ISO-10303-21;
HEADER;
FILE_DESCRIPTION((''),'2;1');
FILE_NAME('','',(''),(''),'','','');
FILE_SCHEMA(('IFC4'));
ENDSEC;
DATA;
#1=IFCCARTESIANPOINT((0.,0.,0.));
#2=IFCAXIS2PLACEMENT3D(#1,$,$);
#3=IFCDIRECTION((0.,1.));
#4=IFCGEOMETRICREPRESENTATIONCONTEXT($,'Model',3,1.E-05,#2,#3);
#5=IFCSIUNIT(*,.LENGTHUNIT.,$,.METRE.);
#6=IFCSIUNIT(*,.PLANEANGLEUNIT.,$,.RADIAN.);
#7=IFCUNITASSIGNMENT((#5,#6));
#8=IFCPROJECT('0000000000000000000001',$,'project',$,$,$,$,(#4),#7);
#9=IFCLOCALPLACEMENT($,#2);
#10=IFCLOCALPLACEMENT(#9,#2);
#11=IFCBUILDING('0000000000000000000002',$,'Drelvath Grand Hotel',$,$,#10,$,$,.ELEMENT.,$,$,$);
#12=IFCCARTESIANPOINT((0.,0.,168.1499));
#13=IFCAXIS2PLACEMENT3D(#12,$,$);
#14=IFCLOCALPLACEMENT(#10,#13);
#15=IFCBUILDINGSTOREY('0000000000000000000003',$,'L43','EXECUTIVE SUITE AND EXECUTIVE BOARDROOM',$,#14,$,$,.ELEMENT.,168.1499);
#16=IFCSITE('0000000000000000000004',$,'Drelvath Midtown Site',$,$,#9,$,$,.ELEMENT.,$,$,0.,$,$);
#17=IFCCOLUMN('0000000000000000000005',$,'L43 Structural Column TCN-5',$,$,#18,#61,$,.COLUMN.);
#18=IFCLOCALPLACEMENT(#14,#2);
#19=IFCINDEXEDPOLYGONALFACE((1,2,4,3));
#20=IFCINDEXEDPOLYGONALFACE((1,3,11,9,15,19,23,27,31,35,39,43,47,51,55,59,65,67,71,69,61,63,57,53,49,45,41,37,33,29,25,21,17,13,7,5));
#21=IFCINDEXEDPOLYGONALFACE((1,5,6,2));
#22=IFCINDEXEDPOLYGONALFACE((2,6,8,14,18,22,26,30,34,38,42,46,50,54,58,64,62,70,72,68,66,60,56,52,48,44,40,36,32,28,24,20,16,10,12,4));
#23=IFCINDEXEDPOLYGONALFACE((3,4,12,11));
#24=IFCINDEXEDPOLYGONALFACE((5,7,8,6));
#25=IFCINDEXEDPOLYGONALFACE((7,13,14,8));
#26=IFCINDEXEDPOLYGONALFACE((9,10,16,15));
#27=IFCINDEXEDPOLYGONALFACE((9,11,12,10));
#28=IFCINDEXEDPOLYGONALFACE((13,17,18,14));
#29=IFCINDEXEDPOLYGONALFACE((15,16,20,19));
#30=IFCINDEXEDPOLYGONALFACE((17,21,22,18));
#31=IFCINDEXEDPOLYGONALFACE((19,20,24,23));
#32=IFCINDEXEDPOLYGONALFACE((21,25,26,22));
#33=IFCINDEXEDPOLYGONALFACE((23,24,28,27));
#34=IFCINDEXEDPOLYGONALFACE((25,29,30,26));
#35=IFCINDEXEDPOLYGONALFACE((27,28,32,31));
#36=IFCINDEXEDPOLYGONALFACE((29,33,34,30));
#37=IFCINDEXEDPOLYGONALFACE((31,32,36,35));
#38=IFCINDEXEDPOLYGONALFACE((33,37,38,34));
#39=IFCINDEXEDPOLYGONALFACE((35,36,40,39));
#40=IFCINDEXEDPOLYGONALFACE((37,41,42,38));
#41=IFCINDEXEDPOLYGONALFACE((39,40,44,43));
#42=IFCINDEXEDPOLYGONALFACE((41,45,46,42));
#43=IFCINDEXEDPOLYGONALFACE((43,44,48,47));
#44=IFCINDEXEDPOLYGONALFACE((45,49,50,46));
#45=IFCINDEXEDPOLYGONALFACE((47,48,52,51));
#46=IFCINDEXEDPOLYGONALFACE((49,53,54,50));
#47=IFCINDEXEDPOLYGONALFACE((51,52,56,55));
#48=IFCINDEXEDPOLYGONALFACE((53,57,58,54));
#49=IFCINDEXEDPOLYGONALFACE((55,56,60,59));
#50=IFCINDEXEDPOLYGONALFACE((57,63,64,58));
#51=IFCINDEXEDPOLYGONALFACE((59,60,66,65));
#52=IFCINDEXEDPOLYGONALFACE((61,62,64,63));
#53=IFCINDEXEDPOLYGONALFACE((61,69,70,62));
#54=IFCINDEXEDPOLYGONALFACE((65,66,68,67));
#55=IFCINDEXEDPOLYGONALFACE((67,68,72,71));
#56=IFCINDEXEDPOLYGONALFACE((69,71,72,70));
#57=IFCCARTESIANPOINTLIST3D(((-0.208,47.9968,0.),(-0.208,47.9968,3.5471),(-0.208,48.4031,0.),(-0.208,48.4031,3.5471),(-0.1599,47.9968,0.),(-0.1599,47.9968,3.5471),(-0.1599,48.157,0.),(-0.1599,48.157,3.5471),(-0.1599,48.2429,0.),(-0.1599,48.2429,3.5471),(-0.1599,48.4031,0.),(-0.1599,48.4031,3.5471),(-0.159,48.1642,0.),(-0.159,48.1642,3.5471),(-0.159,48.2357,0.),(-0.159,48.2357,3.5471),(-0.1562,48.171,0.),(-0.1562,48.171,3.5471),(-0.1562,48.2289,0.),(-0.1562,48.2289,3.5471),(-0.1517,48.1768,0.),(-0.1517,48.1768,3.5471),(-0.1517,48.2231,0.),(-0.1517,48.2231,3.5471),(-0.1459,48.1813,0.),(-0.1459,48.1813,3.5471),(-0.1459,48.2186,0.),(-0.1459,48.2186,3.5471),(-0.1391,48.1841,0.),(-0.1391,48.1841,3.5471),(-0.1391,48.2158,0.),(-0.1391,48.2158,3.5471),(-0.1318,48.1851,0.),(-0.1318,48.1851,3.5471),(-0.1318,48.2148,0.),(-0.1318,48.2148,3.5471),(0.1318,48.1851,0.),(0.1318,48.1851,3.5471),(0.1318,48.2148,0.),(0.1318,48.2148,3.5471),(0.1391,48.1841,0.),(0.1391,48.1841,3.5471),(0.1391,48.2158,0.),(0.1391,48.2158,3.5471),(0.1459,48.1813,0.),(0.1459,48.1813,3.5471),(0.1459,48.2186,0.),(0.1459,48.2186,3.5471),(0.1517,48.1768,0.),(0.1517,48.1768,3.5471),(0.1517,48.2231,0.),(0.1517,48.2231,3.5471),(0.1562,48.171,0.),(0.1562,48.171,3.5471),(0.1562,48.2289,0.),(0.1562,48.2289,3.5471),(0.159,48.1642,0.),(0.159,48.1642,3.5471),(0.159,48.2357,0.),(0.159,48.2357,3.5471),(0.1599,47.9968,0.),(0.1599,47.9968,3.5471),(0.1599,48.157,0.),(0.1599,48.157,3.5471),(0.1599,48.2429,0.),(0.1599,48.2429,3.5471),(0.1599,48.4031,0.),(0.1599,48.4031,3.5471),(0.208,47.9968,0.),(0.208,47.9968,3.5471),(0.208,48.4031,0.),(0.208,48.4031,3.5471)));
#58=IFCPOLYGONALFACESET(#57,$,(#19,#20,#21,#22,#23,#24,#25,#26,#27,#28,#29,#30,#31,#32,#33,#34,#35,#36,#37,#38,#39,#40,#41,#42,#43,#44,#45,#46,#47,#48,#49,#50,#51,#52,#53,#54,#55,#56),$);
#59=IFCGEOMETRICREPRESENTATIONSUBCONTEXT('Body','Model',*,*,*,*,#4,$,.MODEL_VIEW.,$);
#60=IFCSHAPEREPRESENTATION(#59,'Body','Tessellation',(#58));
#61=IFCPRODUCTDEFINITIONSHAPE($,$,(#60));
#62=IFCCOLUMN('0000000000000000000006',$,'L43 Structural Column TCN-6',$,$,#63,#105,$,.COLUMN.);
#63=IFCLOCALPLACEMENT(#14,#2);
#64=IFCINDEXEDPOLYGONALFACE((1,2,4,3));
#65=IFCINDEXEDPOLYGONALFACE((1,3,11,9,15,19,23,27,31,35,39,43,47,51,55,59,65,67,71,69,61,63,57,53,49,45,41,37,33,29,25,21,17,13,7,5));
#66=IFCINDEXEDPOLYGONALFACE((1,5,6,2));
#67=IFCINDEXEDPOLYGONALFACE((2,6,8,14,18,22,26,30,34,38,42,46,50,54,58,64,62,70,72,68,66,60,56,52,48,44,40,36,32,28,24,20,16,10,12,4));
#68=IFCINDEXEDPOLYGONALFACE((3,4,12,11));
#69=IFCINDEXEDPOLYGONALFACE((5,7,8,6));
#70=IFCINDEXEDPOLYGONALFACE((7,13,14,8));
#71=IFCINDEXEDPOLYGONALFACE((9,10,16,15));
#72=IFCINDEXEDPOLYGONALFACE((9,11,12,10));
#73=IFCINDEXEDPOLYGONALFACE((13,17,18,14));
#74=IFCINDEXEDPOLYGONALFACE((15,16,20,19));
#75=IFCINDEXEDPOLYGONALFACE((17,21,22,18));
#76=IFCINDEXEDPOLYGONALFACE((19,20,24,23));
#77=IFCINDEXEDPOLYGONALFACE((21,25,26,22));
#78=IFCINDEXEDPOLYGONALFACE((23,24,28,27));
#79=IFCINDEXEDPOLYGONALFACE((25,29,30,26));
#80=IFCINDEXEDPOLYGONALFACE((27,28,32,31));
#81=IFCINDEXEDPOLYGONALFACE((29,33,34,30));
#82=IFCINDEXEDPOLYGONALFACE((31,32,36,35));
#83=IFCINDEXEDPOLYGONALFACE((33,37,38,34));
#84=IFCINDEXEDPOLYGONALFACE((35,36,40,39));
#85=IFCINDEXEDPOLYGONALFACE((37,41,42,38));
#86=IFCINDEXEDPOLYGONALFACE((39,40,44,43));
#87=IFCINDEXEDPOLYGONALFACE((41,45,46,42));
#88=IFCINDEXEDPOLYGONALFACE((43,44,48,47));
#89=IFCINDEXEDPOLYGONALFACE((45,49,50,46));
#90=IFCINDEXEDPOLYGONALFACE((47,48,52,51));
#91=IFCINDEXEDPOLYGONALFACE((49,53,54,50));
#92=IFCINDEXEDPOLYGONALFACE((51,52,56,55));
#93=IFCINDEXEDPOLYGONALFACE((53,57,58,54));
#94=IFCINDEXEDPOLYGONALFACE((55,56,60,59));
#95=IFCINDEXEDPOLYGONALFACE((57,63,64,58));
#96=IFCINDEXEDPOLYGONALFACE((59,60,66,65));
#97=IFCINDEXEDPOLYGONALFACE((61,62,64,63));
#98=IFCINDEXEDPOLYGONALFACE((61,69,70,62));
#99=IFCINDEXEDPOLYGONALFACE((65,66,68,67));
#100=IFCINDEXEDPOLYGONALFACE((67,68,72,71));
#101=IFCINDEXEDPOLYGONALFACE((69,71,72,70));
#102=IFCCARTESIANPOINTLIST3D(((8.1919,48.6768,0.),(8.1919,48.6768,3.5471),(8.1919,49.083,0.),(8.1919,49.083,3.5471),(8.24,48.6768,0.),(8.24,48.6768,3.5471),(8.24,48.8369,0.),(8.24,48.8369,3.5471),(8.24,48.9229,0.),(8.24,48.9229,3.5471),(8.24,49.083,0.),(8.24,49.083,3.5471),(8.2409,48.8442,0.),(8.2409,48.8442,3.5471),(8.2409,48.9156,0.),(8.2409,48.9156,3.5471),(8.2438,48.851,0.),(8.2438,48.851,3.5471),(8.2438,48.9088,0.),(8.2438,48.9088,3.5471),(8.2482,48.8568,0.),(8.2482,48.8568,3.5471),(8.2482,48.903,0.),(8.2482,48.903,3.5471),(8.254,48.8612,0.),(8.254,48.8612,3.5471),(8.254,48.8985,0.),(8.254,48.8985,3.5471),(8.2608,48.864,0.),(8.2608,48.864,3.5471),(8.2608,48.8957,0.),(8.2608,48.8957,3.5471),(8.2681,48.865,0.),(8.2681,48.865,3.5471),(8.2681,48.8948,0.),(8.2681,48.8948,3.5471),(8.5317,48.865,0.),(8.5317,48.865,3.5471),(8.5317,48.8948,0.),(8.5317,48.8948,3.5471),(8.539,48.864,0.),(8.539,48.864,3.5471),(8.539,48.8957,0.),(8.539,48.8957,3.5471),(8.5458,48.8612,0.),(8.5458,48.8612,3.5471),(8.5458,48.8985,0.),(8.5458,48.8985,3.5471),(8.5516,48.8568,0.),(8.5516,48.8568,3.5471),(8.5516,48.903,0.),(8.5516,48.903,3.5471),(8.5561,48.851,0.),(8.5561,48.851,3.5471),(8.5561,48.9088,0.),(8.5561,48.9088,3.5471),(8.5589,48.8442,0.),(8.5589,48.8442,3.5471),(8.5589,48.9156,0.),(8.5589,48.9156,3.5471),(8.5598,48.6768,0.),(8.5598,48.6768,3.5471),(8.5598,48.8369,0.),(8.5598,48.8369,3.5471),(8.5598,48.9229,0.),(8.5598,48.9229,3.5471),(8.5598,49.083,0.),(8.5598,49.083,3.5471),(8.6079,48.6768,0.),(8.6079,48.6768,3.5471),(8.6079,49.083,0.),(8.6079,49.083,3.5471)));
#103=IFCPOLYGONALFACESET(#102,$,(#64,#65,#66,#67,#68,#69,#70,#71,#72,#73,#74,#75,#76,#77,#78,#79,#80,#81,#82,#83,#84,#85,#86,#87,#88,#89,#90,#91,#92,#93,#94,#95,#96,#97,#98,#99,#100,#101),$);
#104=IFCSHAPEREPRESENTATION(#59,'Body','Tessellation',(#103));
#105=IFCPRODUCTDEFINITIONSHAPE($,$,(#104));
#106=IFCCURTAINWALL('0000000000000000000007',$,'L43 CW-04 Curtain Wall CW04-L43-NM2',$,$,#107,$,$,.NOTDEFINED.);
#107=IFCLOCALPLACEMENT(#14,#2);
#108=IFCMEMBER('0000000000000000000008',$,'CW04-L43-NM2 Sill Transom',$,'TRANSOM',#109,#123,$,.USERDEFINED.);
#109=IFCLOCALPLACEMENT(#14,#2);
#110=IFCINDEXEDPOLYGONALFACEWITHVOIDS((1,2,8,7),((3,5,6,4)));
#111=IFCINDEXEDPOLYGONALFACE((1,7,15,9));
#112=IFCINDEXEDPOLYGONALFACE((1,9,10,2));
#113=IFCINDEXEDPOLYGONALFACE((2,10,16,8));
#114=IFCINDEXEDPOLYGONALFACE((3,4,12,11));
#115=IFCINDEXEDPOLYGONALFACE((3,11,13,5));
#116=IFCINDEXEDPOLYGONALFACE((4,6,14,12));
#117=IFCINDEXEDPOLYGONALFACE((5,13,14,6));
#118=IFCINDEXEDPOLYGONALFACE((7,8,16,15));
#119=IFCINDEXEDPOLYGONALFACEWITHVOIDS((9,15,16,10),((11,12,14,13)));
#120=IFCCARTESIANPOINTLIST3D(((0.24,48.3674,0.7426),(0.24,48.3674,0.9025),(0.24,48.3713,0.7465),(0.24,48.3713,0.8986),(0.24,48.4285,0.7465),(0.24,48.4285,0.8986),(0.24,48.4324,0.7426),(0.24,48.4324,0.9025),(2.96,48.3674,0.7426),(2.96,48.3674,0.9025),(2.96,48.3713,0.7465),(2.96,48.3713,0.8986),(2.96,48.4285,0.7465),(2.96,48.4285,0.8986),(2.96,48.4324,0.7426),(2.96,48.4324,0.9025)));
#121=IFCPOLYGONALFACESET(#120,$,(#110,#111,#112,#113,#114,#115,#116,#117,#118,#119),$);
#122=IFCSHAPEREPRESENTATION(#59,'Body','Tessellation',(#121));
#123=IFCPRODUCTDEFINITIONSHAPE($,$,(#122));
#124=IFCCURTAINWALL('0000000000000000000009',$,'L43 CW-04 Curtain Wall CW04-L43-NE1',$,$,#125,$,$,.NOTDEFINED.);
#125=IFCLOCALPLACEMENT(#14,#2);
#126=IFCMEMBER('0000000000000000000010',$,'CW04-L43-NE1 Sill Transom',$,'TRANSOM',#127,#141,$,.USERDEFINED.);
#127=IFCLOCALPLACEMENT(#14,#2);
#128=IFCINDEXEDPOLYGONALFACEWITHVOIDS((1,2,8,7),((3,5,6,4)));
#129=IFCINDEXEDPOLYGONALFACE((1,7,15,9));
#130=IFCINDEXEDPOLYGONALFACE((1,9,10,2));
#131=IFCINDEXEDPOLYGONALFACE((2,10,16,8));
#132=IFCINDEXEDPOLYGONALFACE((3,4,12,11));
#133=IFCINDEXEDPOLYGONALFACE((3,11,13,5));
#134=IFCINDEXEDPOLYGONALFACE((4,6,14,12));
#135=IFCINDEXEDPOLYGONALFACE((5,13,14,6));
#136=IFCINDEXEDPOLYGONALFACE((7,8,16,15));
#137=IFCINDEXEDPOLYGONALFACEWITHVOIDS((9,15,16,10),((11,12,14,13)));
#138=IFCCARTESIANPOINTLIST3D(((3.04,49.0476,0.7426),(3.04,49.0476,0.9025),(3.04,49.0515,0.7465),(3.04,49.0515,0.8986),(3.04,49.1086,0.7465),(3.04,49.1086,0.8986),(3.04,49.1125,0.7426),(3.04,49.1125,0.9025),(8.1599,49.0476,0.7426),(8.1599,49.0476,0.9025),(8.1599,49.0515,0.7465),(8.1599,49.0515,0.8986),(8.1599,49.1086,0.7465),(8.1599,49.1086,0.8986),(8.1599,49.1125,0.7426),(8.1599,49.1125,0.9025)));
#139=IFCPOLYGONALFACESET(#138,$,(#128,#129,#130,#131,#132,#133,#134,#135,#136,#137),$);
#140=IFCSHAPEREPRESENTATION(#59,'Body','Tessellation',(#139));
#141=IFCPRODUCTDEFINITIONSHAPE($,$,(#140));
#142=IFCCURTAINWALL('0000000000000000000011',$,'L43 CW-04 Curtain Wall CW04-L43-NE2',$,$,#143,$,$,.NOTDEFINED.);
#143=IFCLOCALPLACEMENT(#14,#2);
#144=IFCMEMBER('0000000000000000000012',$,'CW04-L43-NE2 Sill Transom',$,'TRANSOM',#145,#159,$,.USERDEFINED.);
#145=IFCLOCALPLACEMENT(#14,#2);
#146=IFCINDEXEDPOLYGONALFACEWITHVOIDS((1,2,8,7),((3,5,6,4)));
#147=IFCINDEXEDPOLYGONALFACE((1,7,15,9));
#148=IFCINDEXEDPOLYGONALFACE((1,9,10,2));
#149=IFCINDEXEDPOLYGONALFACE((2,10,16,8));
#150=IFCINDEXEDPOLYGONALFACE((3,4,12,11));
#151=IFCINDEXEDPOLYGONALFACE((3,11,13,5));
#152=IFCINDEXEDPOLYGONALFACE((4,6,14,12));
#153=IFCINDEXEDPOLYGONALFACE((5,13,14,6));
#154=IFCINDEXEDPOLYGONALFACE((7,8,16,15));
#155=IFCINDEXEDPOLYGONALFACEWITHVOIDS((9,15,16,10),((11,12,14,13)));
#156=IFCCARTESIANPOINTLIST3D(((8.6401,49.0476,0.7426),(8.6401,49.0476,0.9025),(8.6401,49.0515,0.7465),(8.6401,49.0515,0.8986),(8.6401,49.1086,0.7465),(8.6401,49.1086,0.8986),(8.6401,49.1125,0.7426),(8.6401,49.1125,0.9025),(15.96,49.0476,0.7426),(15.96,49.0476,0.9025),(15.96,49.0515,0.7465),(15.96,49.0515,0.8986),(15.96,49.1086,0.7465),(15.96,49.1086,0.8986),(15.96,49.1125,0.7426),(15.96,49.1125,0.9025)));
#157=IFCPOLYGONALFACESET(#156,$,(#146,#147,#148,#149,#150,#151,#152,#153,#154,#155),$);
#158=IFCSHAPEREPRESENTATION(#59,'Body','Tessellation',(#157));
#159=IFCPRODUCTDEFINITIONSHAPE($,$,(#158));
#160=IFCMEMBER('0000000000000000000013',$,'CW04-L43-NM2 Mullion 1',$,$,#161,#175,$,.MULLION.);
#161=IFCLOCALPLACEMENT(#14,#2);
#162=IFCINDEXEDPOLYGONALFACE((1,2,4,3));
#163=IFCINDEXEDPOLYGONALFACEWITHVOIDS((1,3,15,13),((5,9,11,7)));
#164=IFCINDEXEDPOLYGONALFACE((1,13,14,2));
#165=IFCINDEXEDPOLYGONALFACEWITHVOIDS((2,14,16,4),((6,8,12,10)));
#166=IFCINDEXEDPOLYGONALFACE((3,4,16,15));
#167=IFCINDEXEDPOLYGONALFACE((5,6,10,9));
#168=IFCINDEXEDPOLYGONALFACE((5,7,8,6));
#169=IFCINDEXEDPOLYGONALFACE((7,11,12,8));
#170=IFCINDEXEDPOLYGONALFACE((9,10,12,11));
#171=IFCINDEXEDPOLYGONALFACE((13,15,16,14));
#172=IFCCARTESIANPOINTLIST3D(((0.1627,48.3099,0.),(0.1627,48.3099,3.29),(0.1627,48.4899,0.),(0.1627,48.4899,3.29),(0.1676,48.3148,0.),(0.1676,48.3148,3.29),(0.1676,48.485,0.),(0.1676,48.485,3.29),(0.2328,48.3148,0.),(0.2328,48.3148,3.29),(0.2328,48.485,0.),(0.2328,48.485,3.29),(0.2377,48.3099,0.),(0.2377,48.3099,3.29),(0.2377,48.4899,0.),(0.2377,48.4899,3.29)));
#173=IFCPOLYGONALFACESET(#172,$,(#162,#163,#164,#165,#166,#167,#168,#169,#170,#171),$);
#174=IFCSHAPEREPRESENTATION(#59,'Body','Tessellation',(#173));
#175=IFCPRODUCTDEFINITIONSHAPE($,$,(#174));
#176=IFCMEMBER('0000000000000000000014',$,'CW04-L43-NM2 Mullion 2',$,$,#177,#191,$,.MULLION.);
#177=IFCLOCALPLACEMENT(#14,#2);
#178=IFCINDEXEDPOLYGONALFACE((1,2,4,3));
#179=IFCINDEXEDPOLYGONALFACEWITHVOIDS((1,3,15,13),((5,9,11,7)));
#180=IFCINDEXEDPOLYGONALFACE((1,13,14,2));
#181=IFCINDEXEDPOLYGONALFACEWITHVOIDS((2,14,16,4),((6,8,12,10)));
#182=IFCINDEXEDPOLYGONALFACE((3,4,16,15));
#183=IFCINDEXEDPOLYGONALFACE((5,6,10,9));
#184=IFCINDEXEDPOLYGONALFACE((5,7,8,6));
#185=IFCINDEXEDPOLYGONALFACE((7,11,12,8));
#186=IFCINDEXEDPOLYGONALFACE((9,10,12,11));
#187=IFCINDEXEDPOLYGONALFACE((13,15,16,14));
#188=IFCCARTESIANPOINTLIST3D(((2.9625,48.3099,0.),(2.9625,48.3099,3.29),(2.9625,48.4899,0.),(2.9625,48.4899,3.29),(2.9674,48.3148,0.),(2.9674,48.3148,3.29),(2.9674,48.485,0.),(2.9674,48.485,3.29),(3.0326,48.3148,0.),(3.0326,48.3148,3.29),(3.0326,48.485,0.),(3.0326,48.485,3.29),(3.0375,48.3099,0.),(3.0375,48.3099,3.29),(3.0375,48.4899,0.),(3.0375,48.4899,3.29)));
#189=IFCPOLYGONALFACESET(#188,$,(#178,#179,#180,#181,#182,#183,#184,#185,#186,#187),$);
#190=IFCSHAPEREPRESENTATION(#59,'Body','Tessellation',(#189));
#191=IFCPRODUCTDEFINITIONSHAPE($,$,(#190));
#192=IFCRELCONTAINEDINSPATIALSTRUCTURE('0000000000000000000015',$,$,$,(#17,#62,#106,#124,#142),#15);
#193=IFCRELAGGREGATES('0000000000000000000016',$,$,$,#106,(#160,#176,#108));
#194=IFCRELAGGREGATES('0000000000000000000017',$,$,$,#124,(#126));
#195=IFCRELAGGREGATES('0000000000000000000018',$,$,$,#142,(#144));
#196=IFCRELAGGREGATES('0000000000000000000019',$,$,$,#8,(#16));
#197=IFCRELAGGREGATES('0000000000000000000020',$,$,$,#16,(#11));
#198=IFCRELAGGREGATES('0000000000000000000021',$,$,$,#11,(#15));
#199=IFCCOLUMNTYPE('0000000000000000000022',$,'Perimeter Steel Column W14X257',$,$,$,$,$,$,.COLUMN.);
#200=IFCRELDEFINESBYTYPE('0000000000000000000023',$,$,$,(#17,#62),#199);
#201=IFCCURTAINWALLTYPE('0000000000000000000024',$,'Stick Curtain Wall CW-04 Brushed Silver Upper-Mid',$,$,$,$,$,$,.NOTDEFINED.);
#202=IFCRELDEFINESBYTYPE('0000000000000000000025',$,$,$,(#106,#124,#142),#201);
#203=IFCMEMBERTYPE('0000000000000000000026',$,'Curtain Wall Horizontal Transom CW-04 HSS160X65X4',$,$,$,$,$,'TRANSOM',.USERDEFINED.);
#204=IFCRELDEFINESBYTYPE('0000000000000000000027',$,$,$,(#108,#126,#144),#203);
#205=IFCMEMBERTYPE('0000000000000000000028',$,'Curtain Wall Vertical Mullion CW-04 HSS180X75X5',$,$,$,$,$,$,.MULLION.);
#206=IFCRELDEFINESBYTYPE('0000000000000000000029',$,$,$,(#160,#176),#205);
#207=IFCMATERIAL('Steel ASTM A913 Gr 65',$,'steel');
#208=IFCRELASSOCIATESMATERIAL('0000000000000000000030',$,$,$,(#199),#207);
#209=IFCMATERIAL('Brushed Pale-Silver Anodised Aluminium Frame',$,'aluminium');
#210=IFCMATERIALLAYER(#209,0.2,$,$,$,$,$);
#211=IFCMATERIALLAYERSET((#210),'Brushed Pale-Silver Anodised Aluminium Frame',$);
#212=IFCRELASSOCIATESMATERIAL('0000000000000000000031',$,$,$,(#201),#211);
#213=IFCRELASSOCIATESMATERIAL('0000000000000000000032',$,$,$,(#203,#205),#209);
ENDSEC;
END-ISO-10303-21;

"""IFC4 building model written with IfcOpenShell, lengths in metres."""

from ifc_helpers import new_model, si_unit, direction, frame, origin, origin_2d, place, context, subcontext, project, spatial, hollow_rectangle, i_section, extrude, material, layer, layer_set, material_profile, profile_set, type_object, element, aggregate, save


model = new_model("IFC4")

# Units and contexts
model_context = context("Model", 3, precision=1e-05, world=origin(), true_north=direction((0.0, 1.0)))
body_context = subcontext(model_context, "Body", "Model", "MODEL_VIEW")
ifc_project = project(units=[si_unit("LENGTHUNIT", "METRE"), si_unit("PLANEANGLEUNIT", "RADIAN")], contexts=[model_context])

# Site, building, storey
site_placement = place(None, origin())
site = spatial("IfcSite", under=ifc_project, at=site_placement, Name="Drelvath Midtown Site", CompositionType="ELEMENT", RefElevation=0.0)
building_placement = place(site_placement, origin())
building = spatial("IfcBuilding", under=site, at=building_placement, Name="Drelvath Grand Hotel", CompositionType="ELEMENT")
storey_placement = place(building_placement, frame((0.0, 0.0, 168.1499)))
storey = spatial("IfcBuildingStorey", under=building, at=storey_placement, Name="L43", Description="EXECUTIVE SUITE AND EXECUTIVE BOARDROOM", CompositionType="ELEMENT", Elevation=168.1499)

# Columns
ifc_material_1 = material(Name="Steel ASTM A913 Gr 65", Category="steel")
ifc_material_profile_1 = material_profile(ifc_material_1, i_section(OverallWidth=0.4062, OverallDepth=0.416, WebThickness=0.0298, FlangeThickness=0.0481, FilletRadius=0.0281, at=origin_2d()), Name="W14X257")
ifc_profile_set_1 = profile_set([ifc_material_profile_1], Name="Steel ASTM A913 Gr 65")
column_type = type_object("IfcColumnType", Name="Perimeter Steel Column W14X257", PredefinedType="COLUMN", material=ifc_profile_set_1)
for number, where, z_axis, x_axis, name in (
    (1, (0.0, 48.2, 0.0), (0.0, 0.0, 1.0), (0.0, 1.0, 0.0), "L43 Structural Column TCN-5"),
    (2, (8.3999, 48.8799, 0.0), (0.0, 0.0, 1.0), (0.0, 1.0, 0.0), "L43 Structural Column TCN-6"),
):
    element("IfcColumn", number, at=place(storey_placement, frame(where, z_axis=z_axis, x_axis=x_axis)), inside=storey, type_object=column_type, Name=name, PredefinedType="COLUMN", context=body_context, shape_type="SweptSolid", body=[
        extrude(i_section(OverallWidth=0.4062, OverallDepth=0.416, WebThickness=0.0298, FlangeThickness=0.0481, FilletRadius=0.0281, at=origin_2d()), origin(), (0.0, 0.0, 1.0), 3.5471),
    ])

# Curtain walls, members
ifc_material_2 = material(Name="Brushed Pale-Silver Anodised Aluminium Frame", Category="aluminium")
ifc_layer_1 = layer(ifc_material_2, 0.2)
ifc_layer_set_1 = layer_set([ifc_layer_1], Name="Brushed Pale-Silver Anodised Aluminium Frame")
curtain_wall_type = type_object("IfcCurtainWallType", Name="Stick Curtain Wall CW-04 Brushed Silver Upper-Mid", PredefinedType="NOTDEFINED", material=ifc_layer_set_1)
curtain_wall_1_placement = place(storey_placement, origin())
curtain_wall_1 = element("IfcCurtainWall", 3, at=curtain_wall_1_placement, inside=storey, type_object=curtain_wall_type, Name="L43 CW-04 Curtain Wall CW04-L43-NM2", PredefinedType="NOTDEFINED")
ifc_material_profile_2 = material_profile(ifc_material_2, hollow_rectangle(XDim=0.0649, YDim=0.1599, WallThickness=0.0039, at=origin_2d()), Name="HSS160X65X4")
ifc_profile_set_2 = profile_set([ifc_material_profile_2], Name="Brushed Pale-Silver Anodised Aluminium Frame")
member_type_1 = type_object("IfcMemberType", Name="Curtain Wall Horizontal Transom CW-04 HSS160X65X4", ElementType="TRANSOM", PredefinedType="USERDEFINED", material=ifc_profile_set_2)
member_1_placement = place(storey_placement, frame((0.24, 48.3999, 0.8225), z_axis=(1.0, 0.0, 0.0), x_axis=(0.0, 1.0, 0.0)))
member_1 = element("IfcMember", 4, at=member_1_placement, type_object=member_type_1, Name="CW04-L43-NM2 Sill Transom", ObjectType="TRANSOM", PredefinedType="USERDEFINED", context=body_context, shape_type="SweptSolid", body=[
    extrude(hollow_rectangle(XDim=0.0649, YDim=0.1599, WallThickness=0.0039, at=origin_2d()), origin(), (0.0, 0.0, 1.0), 2.72),
])
curtain_wall_2_placement = place(storey_placement, origin())
curtain_wall_2 = element("IfcCurtainWall", 5, at=curtain_wall_2_placement, inside=storey, type_object=curtain_wall_type, Name="L43 CW-04 Curtain Wall CW04-L43-NE1", PredefinedType="NOTDEFINED")
member_2_placement = place(storey_placement, frame((3.04, 49.0801, 0.8225), z_axis=(1.0, 0.0, 0.0), x_axis=(0.0, 1.0, 0.0)))
member_2 = element("IfcMember", 6, at=member_2_placement, type_object=member_type_1, Name="CW04-L43-NE1 Sill Transom", ObjectType="TRANSOM", PredefinedType="USERDEFINED", context=body_context, shape_type="SweptSolid", body=[
    extrude(hollow_rectangle(XDim=0.0649, YDim=0.1599, WallThickness=0.0039, at=origin_2d()), origin(), (0.0, 0.0, 1.0), 5.1199),
])
curtain_wall_3_placement = place(storey_placement, origin())
curtain_wall_3 = element("IfcCurtainWall", 7, at=curtain_wall_3_placement, inside=storey, type_object=curtain_wall_type, Name="L43 CW-04 Curtain Wall CW04-L43-NE2", PredefinedType="NOTDEFINED")
member_3_placement = place(storey_placement, frame((8.6401, 49.0801, 0.8225), z_axis=(1.0, 0.0, 0.0), x_axis=(0.0, 1.0, 0.0)))
member_3 = element("IfcMember", 8, at=member_3_placement, type_object=member_type_1, Name="CW04-L43-NE2 Sill Transom", ObjectType="TRANSOM", PredefinedType="USERDEFINED", context=body_context, shape_type="SweptSolid", body=[
    extrude(hollow_rectangle(XDim=0.0649, YDim=0.1599, WallThickness=0.0039, at=origin_2d()), origin(), (0.0, 0.0, 1.0), 7.3198),
])

# Members
ifc_material_profile_3 = material_profile(ifc_material_2, hollow_rectangle(XDim=0.075, YDim=0.1799, WallThickness=0.0049, at=origin_2d()), Name="HSS180X75X5")
ifc_profile_set_3 = profile_set([ifc_material_profile_3], Name="Brushed Pale-Silver Anodised Aluminium Frame")
member_type_2 = type_object("IfcMemberType", Name="Curtain Wall Vertical Mullion CW-04 HSS180X75X5", PredefinedType="MULLION", material=ifc_profile_set_3)
member_4_placement = place(storey_placement, frame((0.2002, 48.3999, 0.0), z_axis=(0.0, 0.0, 1.0), x_axis=(1.0, 0.0, 0.0)))
member_4 = element("IfcMember", 9, at=member_4_placement, type_object=member_type_2, Name="CW04-L43-NM2 Mullion 1", PredefinedType="MULLION", context=body_context, shape_type="SweptSolid", body=[
    extrude(hollow_rectangle(XDim=0.075, YDim=0.1799, WallThickness=0.0049, at=origin_2d()), origin(), (0.0, 0.0, 1.0), 3.29),
])
member_5_placement = place(storey_placement, frame((3.0, 48.3999, 0.0), z_axis=(0.0, 0.0, 1.0), x_axis=(1.0, 0.0, 0.0)))
member_5 = element("IfcMember", 10, at=member_5_placement, type_object=member_type_2, Name="CW04-L43-NM2 Mullion 2", PredefinedType="MULLION", context=body_context, shape_type="SweptSolid", body=[
    extrude(hollow_rectangle(XDim=0.075, YDim=0.1799, WallThickness=0.0049, at=origin_2d()), origin(), (0.0, 0.0, 1.0), 3.29),
])

aggregate(curtain_wall_1, [member_4, member_5, member_1])
aggregate(curtain_wall_2, [member_2])
aggregate(curtain_wall_3, [member_3])

save(model, "model.ifc")
